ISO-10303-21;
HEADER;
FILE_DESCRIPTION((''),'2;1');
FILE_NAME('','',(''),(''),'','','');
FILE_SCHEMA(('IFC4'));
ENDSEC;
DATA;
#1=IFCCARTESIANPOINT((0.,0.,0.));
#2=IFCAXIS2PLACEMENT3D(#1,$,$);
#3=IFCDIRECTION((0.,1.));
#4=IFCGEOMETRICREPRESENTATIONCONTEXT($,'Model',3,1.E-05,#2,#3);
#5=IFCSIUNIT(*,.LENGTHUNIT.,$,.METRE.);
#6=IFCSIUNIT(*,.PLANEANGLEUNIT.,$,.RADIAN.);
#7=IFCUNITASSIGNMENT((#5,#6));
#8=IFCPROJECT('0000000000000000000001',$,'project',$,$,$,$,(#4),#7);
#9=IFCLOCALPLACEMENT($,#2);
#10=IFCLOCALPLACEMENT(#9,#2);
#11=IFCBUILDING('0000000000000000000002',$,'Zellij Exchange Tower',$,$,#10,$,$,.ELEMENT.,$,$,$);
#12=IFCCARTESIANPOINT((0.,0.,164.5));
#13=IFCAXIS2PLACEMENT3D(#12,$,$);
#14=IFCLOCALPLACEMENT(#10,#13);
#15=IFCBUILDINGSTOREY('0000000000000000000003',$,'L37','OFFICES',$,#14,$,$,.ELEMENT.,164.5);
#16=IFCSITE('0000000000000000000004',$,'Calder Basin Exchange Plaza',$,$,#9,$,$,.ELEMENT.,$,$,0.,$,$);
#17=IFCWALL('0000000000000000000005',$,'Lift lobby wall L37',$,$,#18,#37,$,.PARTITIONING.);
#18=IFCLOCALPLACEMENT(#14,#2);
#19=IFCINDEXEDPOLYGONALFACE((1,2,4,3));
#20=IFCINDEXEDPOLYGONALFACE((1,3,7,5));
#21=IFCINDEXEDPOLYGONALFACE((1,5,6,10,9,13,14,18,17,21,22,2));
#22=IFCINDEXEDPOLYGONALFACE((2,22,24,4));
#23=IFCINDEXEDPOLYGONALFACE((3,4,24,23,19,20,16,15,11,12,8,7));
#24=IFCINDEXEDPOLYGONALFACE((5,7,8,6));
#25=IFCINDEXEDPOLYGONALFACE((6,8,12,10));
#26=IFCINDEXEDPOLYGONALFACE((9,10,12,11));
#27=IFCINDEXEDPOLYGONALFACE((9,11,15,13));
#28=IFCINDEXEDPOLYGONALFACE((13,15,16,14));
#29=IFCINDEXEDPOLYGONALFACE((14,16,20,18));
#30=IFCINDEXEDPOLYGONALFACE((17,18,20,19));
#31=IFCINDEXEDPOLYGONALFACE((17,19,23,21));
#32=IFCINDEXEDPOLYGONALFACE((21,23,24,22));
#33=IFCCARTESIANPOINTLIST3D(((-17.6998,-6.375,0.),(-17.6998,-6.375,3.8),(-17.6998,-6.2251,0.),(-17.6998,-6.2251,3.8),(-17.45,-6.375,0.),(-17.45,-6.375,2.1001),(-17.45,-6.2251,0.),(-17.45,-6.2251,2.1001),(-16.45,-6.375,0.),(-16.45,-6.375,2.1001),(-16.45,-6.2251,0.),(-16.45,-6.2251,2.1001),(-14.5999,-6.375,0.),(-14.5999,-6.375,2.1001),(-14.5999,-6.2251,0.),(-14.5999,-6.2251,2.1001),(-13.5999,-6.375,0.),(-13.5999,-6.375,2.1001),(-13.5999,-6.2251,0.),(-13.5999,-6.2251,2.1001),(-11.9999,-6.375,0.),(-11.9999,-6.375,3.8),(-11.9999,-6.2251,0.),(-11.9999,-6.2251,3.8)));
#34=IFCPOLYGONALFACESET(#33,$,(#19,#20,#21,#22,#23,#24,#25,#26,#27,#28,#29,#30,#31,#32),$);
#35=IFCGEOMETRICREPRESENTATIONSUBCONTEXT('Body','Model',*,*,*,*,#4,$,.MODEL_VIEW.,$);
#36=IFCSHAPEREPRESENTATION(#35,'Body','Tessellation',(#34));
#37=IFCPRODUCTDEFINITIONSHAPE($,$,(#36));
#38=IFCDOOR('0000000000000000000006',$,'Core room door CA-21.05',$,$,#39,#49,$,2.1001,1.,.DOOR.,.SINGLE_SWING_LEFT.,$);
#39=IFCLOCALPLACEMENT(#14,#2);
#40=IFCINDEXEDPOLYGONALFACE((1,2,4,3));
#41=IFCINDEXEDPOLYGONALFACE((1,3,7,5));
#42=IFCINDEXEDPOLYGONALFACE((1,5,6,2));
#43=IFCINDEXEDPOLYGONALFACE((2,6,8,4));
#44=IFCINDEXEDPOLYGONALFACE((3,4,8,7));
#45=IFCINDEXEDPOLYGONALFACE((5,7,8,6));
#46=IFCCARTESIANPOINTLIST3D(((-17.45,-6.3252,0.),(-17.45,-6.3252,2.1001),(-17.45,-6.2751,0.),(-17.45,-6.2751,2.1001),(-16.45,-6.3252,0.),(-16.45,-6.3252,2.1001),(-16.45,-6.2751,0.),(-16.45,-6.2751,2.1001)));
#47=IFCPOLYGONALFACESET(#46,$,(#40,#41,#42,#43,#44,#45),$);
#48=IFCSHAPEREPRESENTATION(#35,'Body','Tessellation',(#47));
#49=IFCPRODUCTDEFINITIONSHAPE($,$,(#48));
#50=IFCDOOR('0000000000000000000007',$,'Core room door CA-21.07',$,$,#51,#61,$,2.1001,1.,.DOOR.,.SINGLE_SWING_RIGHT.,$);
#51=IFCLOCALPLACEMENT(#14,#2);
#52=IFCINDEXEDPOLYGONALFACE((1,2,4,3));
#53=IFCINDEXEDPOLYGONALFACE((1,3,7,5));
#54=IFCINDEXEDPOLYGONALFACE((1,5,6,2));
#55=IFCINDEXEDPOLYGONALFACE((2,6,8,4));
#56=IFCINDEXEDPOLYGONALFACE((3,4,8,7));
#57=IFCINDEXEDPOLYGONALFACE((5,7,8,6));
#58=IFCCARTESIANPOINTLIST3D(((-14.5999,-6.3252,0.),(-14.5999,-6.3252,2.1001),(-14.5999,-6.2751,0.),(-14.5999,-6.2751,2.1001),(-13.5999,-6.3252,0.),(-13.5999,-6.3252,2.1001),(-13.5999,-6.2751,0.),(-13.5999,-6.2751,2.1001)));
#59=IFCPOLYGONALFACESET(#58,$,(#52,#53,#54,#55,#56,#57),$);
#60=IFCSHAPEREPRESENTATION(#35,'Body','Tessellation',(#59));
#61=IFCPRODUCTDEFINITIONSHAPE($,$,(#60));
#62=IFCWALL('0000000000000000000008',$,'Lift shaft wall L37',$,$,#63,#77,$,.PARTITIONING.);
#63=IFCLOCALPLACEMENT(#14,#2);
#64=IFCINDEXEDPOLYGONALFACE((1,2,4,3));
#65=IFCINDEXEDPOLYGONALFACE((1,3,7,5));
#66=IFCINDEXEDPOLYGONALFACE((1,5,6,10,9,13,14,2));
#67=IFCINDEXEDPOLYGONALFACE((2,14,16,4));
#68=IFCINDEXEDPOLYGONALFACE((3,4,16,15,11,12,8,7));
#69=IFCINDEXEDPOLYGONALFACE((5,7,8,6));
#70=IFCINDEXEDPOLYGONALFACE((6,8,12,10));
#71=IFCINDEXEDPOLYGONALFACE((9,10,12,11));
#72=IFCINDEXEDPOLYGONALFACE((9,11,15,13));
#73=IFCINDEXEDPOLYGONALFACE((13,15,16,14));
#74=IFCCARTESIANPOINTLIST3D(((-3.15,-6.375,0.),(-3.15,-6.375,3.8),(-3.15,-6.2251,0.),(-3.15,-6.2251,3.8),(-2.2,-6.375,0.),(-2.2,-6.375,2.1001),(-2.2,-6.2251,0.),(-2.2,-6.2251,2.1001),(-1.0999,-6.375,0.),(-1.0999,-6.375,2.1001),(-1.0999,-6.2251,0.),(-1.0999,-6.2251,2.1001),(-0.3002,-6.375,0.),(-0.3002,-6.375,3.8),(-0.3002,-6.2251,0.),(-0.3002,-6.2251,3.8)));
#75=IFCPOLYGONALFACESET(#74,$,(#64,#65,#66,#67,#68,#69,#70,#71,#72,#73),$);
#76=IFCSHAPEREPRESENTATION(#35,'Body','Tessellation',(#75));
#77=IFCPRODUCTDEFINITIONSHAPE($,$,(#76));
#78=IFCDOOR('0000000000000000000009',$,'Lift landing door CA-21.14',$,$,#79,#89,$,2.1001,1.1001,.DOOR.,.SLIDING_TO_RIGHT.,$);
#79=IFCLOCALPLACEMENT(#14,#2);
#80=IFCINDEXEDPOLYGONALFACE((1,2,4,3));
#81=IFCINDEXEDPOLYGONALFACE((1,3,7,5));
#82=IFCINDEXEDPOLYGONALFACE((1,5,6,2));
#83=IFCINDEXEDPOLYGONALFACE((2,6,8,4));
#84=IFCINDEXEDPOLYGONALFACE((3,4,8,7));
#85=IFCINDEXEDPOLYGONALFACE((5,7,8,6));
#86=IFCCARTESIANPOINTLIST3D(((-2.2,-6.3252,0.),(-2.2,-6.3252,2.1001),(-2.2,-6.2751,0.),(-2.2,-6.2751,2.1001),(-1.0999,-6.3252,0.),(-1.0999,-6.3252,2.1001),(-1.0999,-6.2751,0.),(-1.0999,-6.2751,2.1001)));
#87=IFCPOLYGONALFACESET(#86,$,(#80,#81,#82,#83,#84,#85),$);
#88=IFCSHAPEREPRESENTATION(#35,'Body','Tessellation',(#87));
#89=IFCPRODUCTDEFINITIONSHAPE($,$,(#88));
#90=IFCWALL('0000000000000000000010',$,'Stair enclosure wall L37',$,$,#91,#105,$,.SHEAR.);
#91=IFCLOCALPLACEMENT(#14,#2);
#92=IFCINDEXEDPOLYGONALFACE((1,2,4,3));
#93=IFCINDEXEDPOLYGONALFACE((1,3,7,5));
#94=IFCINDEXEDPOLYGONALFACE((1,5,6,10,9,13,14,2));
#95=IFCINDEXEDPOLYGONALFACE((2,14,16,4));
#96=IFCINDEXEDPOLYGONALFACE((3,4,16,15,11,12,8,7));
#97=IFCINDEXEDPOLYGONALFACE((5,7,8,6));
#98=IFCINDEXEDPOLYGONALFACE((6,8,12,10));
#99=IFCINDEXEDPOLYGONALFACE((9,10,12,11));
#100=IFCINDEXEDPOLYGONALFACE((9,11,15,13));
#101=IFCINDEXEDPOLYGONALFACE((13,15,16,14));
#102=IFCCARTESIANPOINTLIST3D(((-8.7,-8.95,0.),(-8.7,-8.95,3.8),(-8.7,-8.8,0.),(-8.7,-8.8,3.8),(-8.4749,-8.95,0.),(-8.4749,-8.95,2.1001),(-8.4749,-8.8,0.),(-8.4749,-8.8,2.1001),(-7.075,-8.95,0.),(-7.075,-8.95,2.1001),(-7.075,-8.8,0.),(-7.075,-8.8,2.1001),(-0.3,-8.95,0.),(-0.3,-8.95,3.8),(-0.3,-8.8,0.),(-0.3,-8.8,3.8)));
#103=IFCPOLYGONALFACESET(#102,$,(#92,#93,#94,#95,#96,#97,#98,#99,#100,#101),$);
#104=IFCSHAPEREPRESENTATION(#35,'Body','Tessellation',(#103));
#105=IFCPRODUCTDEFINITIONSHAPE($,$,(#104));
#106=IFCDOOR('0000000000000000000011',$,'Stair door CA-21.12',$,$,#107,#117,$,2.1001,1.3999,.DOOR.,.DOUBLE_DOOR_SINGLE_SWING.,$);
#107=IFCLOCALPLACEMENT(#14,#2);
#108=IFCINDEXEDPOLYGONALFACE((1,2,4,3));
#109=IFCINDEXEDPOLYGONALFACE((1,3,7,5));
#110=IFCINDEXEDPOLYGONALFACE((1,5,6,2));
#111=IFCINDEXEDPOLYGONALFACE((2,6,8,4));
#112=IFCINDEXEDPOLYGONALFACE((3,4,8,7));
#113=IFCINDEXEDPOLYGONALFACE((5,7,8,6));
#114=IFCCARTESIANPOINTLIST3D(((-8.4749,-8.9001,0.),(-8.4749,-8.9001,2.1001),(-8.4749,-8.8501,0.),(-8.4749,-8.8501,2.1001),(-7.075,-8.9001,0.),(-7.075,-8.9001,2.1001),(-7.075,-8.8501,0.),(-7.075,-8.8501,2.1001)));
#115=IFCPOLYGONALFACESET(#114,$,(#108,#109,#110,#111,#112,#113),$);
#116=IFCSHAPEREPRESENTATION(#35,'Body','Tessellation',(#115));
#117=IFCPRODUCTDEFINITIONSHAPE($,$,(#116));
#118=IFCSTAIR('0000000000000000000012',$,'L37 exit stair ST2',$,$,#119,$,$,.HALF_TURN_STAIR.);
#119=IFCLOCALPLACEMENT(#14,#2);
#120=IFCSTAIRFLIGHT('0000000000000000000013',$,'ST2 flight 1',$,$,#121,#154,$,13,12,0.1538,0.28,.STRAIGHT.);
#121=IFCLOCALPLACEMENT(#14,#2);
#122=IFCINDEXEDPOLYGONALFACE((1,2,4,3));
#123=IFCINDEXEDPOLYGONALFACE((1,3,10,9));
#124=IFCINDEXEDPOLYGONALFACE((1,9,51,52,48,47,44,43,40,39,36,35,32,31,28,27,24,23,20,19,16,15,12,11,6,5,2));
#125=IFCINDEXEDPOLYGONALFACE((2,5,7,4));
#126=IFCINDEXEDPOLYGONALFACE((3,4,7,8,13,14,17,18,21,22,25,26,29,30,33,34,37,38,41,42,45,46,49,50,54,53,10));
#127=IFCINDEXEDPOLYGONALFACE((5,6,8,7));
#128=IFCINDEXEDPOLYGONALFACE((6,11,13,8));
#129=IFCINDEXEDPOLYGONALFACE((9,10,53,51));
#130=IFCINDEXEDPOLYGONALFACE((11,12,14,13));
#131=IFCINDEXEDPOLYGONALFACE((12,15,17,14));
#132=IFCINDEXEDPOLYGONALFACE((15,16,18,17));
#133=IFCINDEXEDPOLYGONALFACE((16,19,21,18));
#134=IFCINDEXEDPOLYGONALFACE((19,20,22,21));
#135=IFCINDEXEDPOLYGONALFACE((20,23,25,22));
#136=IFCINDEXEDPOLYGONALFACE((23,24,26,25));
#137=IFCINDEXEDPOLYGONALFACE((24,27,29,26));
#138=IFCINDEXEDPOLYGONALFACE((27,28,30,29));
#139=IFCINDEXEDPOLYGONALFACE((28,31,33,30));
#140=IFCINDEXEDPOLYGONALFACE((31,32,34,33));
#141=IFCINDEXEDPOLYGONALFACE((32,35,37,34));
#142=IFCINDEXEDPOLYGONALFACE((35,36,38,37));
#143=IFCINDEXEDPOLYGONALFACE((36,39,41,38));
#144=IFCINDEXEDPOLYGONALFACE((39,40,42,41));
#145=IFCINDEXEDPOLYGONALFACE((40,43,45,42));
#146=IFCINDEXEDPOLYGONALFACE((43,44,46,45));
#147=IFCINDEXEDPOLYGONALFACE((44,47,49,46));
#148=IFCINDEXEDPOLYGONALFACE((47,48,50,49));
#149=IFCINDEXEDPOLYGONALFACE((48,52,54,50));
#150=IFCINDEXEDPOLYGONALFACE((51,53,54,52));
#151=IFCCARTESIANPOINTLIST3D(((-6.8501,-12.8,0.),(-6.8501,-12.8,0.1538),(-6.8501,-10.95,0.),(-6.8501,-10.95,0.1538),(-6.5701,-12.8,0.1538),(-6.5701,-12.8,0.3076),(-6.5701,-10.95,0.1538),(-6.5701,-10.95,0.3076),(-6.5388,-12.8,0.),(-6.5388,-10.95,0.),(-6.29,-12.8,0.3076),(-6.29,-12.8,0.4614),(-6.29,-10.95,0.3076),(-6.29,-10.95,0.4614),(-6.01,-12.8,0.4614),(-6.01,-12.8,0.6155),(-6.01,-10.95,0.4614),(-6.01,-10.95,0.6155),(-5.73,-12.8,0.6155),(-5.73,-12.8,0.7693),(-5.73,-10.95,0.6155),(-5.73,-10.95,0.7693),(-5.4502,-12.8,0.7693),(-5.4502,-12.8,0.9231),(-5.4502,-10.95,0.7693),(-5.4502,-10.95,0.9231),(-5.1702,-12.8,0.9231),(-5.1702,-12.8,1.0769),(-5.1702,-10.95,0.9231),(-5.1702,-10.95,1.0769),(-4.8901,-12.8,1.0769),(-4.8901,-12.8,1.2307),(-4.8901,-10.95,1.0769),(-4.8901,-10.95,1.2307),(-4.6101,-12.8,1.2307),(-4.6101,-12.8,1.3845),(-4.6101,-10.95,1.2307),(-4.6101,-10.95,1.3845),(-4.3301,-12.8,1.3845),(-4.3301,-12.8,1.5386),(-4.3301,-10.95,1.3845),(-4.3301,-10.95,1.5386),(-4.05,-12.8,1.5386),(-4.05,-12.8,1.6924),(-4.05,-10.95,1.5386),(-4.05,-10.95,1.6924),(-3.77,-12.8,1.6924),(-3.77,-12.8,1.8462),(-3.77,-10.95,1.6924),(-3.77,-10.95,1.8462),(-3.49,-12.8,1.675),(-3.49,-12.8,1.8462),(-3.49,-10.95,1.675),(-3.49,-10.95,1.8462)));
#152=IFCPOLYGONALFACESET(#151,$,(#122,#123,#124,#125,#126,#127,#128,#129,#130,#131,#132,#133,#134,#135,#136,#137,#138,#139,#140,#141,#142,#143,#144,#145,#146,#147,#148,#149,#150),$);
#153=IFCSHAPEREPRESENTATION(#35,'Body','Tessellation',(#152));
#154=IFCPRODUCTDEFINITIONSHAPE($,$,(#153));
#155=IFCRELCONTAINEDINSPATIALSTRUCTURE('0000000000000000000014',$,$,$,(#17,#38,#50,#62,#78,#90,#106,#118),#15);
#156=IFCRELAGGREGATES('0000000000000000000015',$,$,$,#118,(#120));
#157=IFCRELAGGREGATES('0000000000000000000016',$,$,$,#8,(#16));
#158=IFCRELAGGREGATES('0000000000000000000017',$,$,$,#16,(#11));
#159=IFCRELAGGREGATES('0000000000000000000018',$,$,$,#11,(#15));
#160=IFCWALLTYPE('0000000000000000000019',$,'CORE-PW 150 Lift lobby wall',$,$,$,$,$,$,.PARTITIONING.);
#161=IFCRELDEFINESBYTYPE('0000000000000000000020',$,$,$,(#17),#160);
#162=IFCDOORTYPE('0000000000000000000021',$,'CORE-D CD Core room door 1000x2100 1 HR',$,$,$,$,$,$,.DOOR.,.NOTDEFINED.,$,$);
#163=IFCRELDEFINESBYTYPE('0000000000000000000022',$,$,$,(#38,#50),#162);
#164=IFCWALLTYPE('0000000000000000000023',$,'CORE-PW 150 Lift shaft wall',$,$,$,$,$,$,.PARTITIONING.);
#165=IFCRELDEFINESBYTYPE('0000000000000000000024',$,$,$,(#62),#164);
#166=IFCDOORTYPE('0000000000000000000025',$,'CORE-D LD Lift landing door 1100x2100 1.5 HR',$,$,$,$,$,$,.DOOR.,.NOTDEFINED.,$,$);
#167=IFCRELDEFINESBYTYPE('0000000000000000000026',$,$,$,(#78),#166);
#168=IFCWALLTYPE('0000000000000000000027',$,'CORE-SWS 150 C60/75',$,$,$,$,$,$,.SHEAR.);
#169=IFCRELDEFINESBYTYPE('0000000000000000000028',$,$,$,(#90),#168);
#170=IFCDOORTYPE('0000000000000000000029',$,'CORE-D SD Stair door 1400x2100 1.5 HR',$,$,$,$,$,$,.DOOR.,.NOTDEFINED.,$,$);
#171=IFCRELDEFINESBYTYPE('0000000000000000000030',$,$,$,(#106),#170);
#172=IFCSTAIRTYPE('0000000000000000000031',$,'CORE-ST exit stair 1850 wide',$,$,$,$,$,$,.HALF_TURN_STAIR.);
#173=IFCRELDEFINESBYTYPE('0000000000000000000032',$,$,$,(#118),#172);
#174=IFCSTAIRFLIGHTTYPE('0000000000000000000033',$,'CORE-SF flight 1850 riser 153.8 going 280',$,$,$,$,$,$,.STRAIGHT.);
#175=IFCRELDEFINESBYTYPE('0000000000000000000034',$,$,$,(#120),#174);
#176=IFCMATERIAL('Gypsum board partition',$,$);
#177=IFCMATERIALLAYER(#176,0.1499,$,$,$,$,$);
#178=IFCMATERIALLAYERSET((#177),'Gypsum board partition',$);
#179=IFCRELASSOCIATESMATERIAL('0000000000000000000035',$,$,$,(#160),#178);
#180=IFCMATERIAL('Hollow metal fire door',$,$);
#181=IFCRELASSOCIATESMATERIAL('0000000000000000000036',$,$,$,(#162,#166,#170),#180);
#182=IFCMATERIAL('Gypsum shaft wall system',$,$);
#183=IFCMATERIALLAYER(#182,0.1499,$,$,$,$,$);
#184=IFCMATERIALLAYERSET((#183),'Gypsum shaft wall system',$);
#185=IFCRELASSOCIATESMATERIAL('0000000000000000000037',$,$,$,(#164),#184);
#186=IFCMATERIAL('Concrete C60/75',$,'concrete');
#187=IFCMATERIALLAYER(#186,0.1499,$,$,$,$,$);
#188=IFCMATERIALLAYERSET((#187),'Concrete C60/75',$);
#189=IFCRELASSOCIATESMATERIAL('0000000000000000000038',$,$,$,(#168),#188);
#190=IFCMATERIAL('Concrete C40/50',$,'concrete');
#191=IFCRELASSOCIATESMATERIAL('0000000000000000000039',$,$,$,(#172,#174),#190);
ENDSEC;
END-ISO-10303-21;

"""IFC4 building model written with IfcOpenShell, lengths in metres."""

from ifc_helpers import new_model, si_unit, direction, frame, frame_2d, origin, place, context, subcontext, project, spatial, polyline, rectangle, outline, extrude, material, layer, layer_set, type_object, element, fill, aggregate, save


model = new_model("IFC4")

# Units and contexts
model_context = context("Model", 3, precision=1e-05, world=origin(), true_north=direction((0.0, 1.0)))
body_context = subcontext(model_context, "Body", "Model", "MODEL_VIEW")
ifc_project = project(units=[si_unit("LENGTHUNIT", "METRE"), si_unit("PLANEANGLEUNIT", "RADIAN")], contexts=[model_context])

# Site, building, storey
site_placement = place(None, origin())
site = spatial("IfcSite", under=ifc_project, at=site_placement, Name="Calder Basin Exchange Plaza", CompositionType="ELEMENT", RefElevation=0.0)
building_placement = place(site_placement, origin())
building = spatial("IfcBuilding", under=site, at=building_placement, Name="Zellij Exchange Tower", CompositionType="ELEMENT")
storey_placement = place(building_placement, frame((0.0, 0.0, 164.5)))
storey = spatial("IfcBuildingStorey", under=building, at=storey_placement, Name="L37", Description="OFFICES", CompositionType="ELEMENT", Elevation=164.5)

# Shared definitions
ifc_material_1 = material(Name="Concrete C60/75", Category="concrete")

# Shared definitions
ifc_material_2 = material(Name="Gypsum shaft wall system")
ifc_material_3 = material(Name="Hollow metal fire door")
ifc_material_4 = material(Name="Gypsum board partition")
ifc_layer_1 = layer(ifc_material_4, 0.1499)
ifc_layer_set_1 = layer_set([ifc_layer_1], Name="Gypsum board partition")
wall_type_1 = type_object("IfcWallType", Name="CORE-PW 150 Lift lobby wall", PredefinedType="PARTITIONING", material=ifc_layer_set_1)

# Wall, openings, doors
wall_1_placement = place(storey_placement, frame((-17.7, -6.3, 0.0), z_axis=(0.0, 0.0, 1.0), x_axis=(1.0, 0.0, 0.0)))
wall_1 = element("IfcWall", 1, at=wall_1_placement, inside=storey, type_object=wall_type_1, Name="Lift lobby wall L37", PredefinedType="PARTITIONING", context=body_context, shape_type="SweptSolid", body=[
    extrude(rectangle(XDim=5.7, YDim=0.1499, at=frame_2d((2.8501, 0.0))), origin(), (0.0, 0.0, 1.0), 3.8),
])
opening_1_placement = place(wall_1_placement, frame((0.25, 0.0, 0.0)))
opening_1 = element("IfcOpeningElement", 2, at=opening_1_placement, cuts=wall_1, PredefinedType="OPENING", context=body_context, shape_type="SweptSolid", body=[
    extrude(rectangle(XDim=1.0, YDim=2.1001, at=frame_2d((0.5, 1.05))), frame((0.0, 0.0869, 0.0), z_axis=(0.0, -1.0, 0.0), x_axis=(1.0, 0.0, 0.0)), (0.0, 0.0, 1.0), 0.1738),
])
opening_2_placement = place(wall_1_placement, frame((3.1001, 0.0, 0.0)))
opening_2 = element("IfcOpeningElement", 3, at=opening_2_placement, cuts=wall_1, PredefinedType="OPENING", context=body_context, shape_type="SweptSolid", body=[
    extrude(rectangle(XDim=1.0, YDim=2.1001, at=frame_2d((0.5, 1.05))), frame((0.0, 0.0869, 0.0), z_axis=(0.0, -1.0, 0.0), x_axis=(1.0, 0.0, 0.0)), (0.0, 0.0, 1.0), 0.1738),
])
door_type_1 = type_object("IfcDoorType", Name="CORE-D CD Core room door 1000x2100 1 HR", OperationType="NOTDEFINED", PredefinedType="DOOR", material=ifc_material_3)
door_1_placement = place(opening_1_placement, origin())
door_1 = element("IfcDoor", 4, at=door_1_placement, inside=storey, type_object=door_type_1, Name="Core room door CA-21.05", OperationType="SINGLE_SWING_LEFT", OverallHeight=2.1001, OverallWidth=1.0, PredefinedType="DOOR", context=body_context, shape_type="SweptSolid", body=[
    extrude(rectangle(XDim=1.0, YDim=2.1001, at=frame_2d((0.5, 1.05))), frame((0.0, 0.0249, 0.0), z_axis=(0.0, -1.0, 0.0), x_axis=(1.0, 0.0, 0.0)), (0.0, 0.0, 1.0), 0.05),
])
fill(opening_1, door_1)
door_2_placement = place(opening_2_placement, origin())
door_2 = element("IfcDoor", 5, at=door_2_placement, inside=storey, type_object=door_type_1, Name="Core room door CA-21.07", OperationType="SINGLE_SWING_RIGHT", OverallHeight=2.1001, OverallWidth=1.0, PredefinedType="DOOR", context=body_context, shape_type="SweptSolid", body=[
    extrude(rectangle(XDim=1.0, YDim=2.1001, at=frame_2d((0.5, 1.05))), frame((0.0, 0.0249, 0.0), z_axis=(0.0, -1.0, 0.0), x_axis=(1.0, 0.0, 0.0)), (0.0, 0.0, 1.0), 0.05),
])
fill(opening_2, door_2)

# Walls, openings, doors
ifc_layer_2 = layer(ifc_material_2, 0.1499)
ifc_layer_set_2 = layer_set([ifc_layer_2], Name="Gypsum shaft wall system")
wall_type_2 = type_object("IfcWallType", Name="CORE-PW 150 Lift shaft wall", PredefinedType="PARTITIONING", material=ifc_layer_set_2)
wall_2_placement = place(storey_placement, frame((-3.1499, -6.3, 0.0), z_axis=(0.0, 0.0, 1.0), x_axis=(1.0, 0.0, 0.0)))
wall_2 = element("IfcWall", 6, at=wall_2_placement, inside=storey, type_object=wall_type_2, Name="Lift shaft wall L37", PredefinedType="PARTITIONING", context=body_context, shape_type="SweptSolid", body=[
    extrude(rectangle(XDim=2.8499, YDim=0.1499, at=frame_2d((1.4248, 0.0))), origin(), (0.0, 0.0, 1.0), 3.8),
])
opening_3_placement = place(wall_2_placement, frame((0.95, 0.0, 0.0)))
opening_3 = element("IfcOpeningElement", 7, at=opening_3_placement, cuts=wall_2, PredefinedType="OPENING", context=body_context, shape_type="SweptSolid", body=[
    extrude(rectangle(XDim=1.1001, YDim=2.1001, at=frame_2d((0.55, 1.05))), frame((0.0, 0.0869, 0.0), z_axis=(0.0, -1.0, 0.0), x_axis=(1.0, 0.0, 0.0)), (0.0, 0.0, 1.0), 0.1738),
])
door_type_2 = type_object("IfcDoorType", Name="CORE-D LD Lift landing door 1100x2100 1.5 HR", OperationType="NOTDEFINED", PredefinedType="DOOR", material=ifc_material_3)
door_3_placement = place(opening_3_placement, origin())
door_3 = element("IfcDoor", 8, at=door_3_placement, inside=storey, type_object=door_type_2, Name="Lift landing door CA-21.14", OperationType="SLIDING_TO_RIGHT", OverallHeight=2.1001, OverallWidth=1.1001, PredefinedType="DOOR", context=body_context, shape_type="SweptSolid", body=[
    extrude(rectangle(XDim=1.1001, YDim=2.1001, at=frame_2d((0.55, 1.05))), frame((0.0, 0.0249, 0.0), z_axis=(0.0, -1.0, 0.0), x_axis=(1.0, 0.0, 0.0)), (0.0, 0.0, 1.0), 0.05),
])
fill(opening_3, door_3)
ifc_layer_3 = layer(ifc_material_1, 0.1499)
ifc_layer_set_3 = layer_set([ifc_layer_3], Name="Concrete C60/75")
wall_type_3 = type_object("IfcWallType", Name="CORE-SWS 150 C60/75", PredefinedType="SHEAR", material=ifc_layer_set_3)
wall_3_placement = place(storey_placement, frame((-8.7, -8.875, 0.0), z_axis=(0.0, 0.0, 1.0), x_axis=(1.0, 0.0, 0.0)))
wall_3 = element("IfcWall", 9, at=wall_3_placement, inside=storey, type_object=wall_type_3, Name="Stair enclosure wall L37", PredefinedType="SHEAR", context=body_context, shape_type="SweptSolid", body=[
    extrude(rectangle(XDim=8.3999, YDim=0.1499, at=frame_2d((4.2, 0.0))), origin(), (0.0, 0.0, 1.0), 3.8),
])
opening_4_placement = place(wall_3_placement, frame((0.2251, 0.0, 0.0)))
opening_4 = element("IfcOpeningElement", 10, at=opening_4_placement, cuts=wall_3, PredefinedType="OPENING", context=body_context, shape_type="SweptSolid", body=[
    extrude(rectangle(XDim=1.3999, YDim=2.1001, at=frame_2d((0.7, 1.05))), frame((0.0, 0.0869, 0.0), z_axis=(0.0, -1.0, 0.0), x_axis=(1.0, 0.0, 0.0)), (0.0, 0.0, 1.0), 0.1738),
])
door_type_3 = type_object("IfcDoorType", Name="CORE-D SD Stair door 1400x2100 1.5 HR", OperationType="NOTDEFINED", PredefinedType="DOOR", material=ifc_material_3)
door_4_placement = place(opening_4_placement, origin())
door_4 = element("IfcDoor", 11, at=door_4_placement, inside=storey, type_object=door_type_3, Name="Stair door CA-21.12", OperationType="DOUBLE_DOOR_SINGLE_SWING", OverallHeight=2.1001, OverallWidth=1.3999, PredefinedType="DOOR", context=body_context, shape_type="SweptSolid", body=[
    extrude(rectangle(XDim=1.3999, YDim=2.1001, at=frame_2d((0.7, 1.05))), frame((0.0, 0.0249, 0.0), z_axis=(0.0, -1.0, 0.0), x_axis=(1.0, 0.0, 0.0)), (0.0, 0.0, 1.0), 0.05),
])
fill(opening_4, door_4)

# Stair, stair flight
ifc_material_5 = material(Name="Concrete C40/50", Category="concrete")
stair_type = type_object("IfcStairType", Name="CORE-ST exit stair 1850 wide", PredefinedType="HALF_TURN_STAIR", material=ifc_material_5)
stair_placement = place(storey_placement, origin())
stair = element("IfcStair", 12, at=stair_placement, inside=storey, type_object=stair_type, Name="L37 exit stair ST2", PredefinedType="HALF_TURN_STAIR")
stair_flight_type = type_object("IfcStairFlightType", Name="CORE-SF flight 1850 riser 153.8 going 280", PredefinedType="STRAIGHT", material=ifc_material_5)
stair_flight_1_placement = place(storey_placement, frame((-6.8501, -11.875, 0.0), z_axis=(0.0, 0.0, 1.0), x_axis=(1.0, 0.0, 0.0)))
stair_flight_1 = element("IfcStairFlight", 13, at=stair_flight_1_placement, type_object=stair_flight_type, Name="ST2 flight 1", NumberOfRisers=13, NumberOfTreads=12, PredefinedType="STRAIGHT", RiserHeight=0.1538, TreadLength=0.28, context=body_context, shape_type="SweptSolid", body=[
    extrude(outline(polyline([(0.0, 0.0), (0.0, 0.1538), (0.28, 0.1538), (0.28, 0.3076), (0.5601, 0.3076), (0.5601, 0.4614), (0.8401, 0.4614), (0.8401, 0.6155), (1.1201, 0.6155), (1.1201, 0.7693), (1.3999, 0.7693), (1.3999, 0.9231), (1.6799, 0.9231), (1.6799, 1.0769), (1.96, 1.0769), (1.96, 1.2307), (2.24, 1.2307), (2.24, 1.3845), (2.52, 1.3845), (2.52, 1.5386), (2.8, 1.5386), (2.8, 1.6924), (3.0801, 1.6924), (3.0801, 1.8462), (3.3601, 1.8462), (3.3601, 2.0), (3.3601, 1.675), (0.3113, 0.0), (0.0, 0.0)])), frame((0.0, 0.925, 0.0), z_axis=(0.0, -1.0, 0.0), x_axis=(1.0, 0.0, 0.0)), (0.0, 0.0, 1.0), 1.8501),
])
aggregate(stair, [stair_flight_1])

save(model, "model.ifc")
